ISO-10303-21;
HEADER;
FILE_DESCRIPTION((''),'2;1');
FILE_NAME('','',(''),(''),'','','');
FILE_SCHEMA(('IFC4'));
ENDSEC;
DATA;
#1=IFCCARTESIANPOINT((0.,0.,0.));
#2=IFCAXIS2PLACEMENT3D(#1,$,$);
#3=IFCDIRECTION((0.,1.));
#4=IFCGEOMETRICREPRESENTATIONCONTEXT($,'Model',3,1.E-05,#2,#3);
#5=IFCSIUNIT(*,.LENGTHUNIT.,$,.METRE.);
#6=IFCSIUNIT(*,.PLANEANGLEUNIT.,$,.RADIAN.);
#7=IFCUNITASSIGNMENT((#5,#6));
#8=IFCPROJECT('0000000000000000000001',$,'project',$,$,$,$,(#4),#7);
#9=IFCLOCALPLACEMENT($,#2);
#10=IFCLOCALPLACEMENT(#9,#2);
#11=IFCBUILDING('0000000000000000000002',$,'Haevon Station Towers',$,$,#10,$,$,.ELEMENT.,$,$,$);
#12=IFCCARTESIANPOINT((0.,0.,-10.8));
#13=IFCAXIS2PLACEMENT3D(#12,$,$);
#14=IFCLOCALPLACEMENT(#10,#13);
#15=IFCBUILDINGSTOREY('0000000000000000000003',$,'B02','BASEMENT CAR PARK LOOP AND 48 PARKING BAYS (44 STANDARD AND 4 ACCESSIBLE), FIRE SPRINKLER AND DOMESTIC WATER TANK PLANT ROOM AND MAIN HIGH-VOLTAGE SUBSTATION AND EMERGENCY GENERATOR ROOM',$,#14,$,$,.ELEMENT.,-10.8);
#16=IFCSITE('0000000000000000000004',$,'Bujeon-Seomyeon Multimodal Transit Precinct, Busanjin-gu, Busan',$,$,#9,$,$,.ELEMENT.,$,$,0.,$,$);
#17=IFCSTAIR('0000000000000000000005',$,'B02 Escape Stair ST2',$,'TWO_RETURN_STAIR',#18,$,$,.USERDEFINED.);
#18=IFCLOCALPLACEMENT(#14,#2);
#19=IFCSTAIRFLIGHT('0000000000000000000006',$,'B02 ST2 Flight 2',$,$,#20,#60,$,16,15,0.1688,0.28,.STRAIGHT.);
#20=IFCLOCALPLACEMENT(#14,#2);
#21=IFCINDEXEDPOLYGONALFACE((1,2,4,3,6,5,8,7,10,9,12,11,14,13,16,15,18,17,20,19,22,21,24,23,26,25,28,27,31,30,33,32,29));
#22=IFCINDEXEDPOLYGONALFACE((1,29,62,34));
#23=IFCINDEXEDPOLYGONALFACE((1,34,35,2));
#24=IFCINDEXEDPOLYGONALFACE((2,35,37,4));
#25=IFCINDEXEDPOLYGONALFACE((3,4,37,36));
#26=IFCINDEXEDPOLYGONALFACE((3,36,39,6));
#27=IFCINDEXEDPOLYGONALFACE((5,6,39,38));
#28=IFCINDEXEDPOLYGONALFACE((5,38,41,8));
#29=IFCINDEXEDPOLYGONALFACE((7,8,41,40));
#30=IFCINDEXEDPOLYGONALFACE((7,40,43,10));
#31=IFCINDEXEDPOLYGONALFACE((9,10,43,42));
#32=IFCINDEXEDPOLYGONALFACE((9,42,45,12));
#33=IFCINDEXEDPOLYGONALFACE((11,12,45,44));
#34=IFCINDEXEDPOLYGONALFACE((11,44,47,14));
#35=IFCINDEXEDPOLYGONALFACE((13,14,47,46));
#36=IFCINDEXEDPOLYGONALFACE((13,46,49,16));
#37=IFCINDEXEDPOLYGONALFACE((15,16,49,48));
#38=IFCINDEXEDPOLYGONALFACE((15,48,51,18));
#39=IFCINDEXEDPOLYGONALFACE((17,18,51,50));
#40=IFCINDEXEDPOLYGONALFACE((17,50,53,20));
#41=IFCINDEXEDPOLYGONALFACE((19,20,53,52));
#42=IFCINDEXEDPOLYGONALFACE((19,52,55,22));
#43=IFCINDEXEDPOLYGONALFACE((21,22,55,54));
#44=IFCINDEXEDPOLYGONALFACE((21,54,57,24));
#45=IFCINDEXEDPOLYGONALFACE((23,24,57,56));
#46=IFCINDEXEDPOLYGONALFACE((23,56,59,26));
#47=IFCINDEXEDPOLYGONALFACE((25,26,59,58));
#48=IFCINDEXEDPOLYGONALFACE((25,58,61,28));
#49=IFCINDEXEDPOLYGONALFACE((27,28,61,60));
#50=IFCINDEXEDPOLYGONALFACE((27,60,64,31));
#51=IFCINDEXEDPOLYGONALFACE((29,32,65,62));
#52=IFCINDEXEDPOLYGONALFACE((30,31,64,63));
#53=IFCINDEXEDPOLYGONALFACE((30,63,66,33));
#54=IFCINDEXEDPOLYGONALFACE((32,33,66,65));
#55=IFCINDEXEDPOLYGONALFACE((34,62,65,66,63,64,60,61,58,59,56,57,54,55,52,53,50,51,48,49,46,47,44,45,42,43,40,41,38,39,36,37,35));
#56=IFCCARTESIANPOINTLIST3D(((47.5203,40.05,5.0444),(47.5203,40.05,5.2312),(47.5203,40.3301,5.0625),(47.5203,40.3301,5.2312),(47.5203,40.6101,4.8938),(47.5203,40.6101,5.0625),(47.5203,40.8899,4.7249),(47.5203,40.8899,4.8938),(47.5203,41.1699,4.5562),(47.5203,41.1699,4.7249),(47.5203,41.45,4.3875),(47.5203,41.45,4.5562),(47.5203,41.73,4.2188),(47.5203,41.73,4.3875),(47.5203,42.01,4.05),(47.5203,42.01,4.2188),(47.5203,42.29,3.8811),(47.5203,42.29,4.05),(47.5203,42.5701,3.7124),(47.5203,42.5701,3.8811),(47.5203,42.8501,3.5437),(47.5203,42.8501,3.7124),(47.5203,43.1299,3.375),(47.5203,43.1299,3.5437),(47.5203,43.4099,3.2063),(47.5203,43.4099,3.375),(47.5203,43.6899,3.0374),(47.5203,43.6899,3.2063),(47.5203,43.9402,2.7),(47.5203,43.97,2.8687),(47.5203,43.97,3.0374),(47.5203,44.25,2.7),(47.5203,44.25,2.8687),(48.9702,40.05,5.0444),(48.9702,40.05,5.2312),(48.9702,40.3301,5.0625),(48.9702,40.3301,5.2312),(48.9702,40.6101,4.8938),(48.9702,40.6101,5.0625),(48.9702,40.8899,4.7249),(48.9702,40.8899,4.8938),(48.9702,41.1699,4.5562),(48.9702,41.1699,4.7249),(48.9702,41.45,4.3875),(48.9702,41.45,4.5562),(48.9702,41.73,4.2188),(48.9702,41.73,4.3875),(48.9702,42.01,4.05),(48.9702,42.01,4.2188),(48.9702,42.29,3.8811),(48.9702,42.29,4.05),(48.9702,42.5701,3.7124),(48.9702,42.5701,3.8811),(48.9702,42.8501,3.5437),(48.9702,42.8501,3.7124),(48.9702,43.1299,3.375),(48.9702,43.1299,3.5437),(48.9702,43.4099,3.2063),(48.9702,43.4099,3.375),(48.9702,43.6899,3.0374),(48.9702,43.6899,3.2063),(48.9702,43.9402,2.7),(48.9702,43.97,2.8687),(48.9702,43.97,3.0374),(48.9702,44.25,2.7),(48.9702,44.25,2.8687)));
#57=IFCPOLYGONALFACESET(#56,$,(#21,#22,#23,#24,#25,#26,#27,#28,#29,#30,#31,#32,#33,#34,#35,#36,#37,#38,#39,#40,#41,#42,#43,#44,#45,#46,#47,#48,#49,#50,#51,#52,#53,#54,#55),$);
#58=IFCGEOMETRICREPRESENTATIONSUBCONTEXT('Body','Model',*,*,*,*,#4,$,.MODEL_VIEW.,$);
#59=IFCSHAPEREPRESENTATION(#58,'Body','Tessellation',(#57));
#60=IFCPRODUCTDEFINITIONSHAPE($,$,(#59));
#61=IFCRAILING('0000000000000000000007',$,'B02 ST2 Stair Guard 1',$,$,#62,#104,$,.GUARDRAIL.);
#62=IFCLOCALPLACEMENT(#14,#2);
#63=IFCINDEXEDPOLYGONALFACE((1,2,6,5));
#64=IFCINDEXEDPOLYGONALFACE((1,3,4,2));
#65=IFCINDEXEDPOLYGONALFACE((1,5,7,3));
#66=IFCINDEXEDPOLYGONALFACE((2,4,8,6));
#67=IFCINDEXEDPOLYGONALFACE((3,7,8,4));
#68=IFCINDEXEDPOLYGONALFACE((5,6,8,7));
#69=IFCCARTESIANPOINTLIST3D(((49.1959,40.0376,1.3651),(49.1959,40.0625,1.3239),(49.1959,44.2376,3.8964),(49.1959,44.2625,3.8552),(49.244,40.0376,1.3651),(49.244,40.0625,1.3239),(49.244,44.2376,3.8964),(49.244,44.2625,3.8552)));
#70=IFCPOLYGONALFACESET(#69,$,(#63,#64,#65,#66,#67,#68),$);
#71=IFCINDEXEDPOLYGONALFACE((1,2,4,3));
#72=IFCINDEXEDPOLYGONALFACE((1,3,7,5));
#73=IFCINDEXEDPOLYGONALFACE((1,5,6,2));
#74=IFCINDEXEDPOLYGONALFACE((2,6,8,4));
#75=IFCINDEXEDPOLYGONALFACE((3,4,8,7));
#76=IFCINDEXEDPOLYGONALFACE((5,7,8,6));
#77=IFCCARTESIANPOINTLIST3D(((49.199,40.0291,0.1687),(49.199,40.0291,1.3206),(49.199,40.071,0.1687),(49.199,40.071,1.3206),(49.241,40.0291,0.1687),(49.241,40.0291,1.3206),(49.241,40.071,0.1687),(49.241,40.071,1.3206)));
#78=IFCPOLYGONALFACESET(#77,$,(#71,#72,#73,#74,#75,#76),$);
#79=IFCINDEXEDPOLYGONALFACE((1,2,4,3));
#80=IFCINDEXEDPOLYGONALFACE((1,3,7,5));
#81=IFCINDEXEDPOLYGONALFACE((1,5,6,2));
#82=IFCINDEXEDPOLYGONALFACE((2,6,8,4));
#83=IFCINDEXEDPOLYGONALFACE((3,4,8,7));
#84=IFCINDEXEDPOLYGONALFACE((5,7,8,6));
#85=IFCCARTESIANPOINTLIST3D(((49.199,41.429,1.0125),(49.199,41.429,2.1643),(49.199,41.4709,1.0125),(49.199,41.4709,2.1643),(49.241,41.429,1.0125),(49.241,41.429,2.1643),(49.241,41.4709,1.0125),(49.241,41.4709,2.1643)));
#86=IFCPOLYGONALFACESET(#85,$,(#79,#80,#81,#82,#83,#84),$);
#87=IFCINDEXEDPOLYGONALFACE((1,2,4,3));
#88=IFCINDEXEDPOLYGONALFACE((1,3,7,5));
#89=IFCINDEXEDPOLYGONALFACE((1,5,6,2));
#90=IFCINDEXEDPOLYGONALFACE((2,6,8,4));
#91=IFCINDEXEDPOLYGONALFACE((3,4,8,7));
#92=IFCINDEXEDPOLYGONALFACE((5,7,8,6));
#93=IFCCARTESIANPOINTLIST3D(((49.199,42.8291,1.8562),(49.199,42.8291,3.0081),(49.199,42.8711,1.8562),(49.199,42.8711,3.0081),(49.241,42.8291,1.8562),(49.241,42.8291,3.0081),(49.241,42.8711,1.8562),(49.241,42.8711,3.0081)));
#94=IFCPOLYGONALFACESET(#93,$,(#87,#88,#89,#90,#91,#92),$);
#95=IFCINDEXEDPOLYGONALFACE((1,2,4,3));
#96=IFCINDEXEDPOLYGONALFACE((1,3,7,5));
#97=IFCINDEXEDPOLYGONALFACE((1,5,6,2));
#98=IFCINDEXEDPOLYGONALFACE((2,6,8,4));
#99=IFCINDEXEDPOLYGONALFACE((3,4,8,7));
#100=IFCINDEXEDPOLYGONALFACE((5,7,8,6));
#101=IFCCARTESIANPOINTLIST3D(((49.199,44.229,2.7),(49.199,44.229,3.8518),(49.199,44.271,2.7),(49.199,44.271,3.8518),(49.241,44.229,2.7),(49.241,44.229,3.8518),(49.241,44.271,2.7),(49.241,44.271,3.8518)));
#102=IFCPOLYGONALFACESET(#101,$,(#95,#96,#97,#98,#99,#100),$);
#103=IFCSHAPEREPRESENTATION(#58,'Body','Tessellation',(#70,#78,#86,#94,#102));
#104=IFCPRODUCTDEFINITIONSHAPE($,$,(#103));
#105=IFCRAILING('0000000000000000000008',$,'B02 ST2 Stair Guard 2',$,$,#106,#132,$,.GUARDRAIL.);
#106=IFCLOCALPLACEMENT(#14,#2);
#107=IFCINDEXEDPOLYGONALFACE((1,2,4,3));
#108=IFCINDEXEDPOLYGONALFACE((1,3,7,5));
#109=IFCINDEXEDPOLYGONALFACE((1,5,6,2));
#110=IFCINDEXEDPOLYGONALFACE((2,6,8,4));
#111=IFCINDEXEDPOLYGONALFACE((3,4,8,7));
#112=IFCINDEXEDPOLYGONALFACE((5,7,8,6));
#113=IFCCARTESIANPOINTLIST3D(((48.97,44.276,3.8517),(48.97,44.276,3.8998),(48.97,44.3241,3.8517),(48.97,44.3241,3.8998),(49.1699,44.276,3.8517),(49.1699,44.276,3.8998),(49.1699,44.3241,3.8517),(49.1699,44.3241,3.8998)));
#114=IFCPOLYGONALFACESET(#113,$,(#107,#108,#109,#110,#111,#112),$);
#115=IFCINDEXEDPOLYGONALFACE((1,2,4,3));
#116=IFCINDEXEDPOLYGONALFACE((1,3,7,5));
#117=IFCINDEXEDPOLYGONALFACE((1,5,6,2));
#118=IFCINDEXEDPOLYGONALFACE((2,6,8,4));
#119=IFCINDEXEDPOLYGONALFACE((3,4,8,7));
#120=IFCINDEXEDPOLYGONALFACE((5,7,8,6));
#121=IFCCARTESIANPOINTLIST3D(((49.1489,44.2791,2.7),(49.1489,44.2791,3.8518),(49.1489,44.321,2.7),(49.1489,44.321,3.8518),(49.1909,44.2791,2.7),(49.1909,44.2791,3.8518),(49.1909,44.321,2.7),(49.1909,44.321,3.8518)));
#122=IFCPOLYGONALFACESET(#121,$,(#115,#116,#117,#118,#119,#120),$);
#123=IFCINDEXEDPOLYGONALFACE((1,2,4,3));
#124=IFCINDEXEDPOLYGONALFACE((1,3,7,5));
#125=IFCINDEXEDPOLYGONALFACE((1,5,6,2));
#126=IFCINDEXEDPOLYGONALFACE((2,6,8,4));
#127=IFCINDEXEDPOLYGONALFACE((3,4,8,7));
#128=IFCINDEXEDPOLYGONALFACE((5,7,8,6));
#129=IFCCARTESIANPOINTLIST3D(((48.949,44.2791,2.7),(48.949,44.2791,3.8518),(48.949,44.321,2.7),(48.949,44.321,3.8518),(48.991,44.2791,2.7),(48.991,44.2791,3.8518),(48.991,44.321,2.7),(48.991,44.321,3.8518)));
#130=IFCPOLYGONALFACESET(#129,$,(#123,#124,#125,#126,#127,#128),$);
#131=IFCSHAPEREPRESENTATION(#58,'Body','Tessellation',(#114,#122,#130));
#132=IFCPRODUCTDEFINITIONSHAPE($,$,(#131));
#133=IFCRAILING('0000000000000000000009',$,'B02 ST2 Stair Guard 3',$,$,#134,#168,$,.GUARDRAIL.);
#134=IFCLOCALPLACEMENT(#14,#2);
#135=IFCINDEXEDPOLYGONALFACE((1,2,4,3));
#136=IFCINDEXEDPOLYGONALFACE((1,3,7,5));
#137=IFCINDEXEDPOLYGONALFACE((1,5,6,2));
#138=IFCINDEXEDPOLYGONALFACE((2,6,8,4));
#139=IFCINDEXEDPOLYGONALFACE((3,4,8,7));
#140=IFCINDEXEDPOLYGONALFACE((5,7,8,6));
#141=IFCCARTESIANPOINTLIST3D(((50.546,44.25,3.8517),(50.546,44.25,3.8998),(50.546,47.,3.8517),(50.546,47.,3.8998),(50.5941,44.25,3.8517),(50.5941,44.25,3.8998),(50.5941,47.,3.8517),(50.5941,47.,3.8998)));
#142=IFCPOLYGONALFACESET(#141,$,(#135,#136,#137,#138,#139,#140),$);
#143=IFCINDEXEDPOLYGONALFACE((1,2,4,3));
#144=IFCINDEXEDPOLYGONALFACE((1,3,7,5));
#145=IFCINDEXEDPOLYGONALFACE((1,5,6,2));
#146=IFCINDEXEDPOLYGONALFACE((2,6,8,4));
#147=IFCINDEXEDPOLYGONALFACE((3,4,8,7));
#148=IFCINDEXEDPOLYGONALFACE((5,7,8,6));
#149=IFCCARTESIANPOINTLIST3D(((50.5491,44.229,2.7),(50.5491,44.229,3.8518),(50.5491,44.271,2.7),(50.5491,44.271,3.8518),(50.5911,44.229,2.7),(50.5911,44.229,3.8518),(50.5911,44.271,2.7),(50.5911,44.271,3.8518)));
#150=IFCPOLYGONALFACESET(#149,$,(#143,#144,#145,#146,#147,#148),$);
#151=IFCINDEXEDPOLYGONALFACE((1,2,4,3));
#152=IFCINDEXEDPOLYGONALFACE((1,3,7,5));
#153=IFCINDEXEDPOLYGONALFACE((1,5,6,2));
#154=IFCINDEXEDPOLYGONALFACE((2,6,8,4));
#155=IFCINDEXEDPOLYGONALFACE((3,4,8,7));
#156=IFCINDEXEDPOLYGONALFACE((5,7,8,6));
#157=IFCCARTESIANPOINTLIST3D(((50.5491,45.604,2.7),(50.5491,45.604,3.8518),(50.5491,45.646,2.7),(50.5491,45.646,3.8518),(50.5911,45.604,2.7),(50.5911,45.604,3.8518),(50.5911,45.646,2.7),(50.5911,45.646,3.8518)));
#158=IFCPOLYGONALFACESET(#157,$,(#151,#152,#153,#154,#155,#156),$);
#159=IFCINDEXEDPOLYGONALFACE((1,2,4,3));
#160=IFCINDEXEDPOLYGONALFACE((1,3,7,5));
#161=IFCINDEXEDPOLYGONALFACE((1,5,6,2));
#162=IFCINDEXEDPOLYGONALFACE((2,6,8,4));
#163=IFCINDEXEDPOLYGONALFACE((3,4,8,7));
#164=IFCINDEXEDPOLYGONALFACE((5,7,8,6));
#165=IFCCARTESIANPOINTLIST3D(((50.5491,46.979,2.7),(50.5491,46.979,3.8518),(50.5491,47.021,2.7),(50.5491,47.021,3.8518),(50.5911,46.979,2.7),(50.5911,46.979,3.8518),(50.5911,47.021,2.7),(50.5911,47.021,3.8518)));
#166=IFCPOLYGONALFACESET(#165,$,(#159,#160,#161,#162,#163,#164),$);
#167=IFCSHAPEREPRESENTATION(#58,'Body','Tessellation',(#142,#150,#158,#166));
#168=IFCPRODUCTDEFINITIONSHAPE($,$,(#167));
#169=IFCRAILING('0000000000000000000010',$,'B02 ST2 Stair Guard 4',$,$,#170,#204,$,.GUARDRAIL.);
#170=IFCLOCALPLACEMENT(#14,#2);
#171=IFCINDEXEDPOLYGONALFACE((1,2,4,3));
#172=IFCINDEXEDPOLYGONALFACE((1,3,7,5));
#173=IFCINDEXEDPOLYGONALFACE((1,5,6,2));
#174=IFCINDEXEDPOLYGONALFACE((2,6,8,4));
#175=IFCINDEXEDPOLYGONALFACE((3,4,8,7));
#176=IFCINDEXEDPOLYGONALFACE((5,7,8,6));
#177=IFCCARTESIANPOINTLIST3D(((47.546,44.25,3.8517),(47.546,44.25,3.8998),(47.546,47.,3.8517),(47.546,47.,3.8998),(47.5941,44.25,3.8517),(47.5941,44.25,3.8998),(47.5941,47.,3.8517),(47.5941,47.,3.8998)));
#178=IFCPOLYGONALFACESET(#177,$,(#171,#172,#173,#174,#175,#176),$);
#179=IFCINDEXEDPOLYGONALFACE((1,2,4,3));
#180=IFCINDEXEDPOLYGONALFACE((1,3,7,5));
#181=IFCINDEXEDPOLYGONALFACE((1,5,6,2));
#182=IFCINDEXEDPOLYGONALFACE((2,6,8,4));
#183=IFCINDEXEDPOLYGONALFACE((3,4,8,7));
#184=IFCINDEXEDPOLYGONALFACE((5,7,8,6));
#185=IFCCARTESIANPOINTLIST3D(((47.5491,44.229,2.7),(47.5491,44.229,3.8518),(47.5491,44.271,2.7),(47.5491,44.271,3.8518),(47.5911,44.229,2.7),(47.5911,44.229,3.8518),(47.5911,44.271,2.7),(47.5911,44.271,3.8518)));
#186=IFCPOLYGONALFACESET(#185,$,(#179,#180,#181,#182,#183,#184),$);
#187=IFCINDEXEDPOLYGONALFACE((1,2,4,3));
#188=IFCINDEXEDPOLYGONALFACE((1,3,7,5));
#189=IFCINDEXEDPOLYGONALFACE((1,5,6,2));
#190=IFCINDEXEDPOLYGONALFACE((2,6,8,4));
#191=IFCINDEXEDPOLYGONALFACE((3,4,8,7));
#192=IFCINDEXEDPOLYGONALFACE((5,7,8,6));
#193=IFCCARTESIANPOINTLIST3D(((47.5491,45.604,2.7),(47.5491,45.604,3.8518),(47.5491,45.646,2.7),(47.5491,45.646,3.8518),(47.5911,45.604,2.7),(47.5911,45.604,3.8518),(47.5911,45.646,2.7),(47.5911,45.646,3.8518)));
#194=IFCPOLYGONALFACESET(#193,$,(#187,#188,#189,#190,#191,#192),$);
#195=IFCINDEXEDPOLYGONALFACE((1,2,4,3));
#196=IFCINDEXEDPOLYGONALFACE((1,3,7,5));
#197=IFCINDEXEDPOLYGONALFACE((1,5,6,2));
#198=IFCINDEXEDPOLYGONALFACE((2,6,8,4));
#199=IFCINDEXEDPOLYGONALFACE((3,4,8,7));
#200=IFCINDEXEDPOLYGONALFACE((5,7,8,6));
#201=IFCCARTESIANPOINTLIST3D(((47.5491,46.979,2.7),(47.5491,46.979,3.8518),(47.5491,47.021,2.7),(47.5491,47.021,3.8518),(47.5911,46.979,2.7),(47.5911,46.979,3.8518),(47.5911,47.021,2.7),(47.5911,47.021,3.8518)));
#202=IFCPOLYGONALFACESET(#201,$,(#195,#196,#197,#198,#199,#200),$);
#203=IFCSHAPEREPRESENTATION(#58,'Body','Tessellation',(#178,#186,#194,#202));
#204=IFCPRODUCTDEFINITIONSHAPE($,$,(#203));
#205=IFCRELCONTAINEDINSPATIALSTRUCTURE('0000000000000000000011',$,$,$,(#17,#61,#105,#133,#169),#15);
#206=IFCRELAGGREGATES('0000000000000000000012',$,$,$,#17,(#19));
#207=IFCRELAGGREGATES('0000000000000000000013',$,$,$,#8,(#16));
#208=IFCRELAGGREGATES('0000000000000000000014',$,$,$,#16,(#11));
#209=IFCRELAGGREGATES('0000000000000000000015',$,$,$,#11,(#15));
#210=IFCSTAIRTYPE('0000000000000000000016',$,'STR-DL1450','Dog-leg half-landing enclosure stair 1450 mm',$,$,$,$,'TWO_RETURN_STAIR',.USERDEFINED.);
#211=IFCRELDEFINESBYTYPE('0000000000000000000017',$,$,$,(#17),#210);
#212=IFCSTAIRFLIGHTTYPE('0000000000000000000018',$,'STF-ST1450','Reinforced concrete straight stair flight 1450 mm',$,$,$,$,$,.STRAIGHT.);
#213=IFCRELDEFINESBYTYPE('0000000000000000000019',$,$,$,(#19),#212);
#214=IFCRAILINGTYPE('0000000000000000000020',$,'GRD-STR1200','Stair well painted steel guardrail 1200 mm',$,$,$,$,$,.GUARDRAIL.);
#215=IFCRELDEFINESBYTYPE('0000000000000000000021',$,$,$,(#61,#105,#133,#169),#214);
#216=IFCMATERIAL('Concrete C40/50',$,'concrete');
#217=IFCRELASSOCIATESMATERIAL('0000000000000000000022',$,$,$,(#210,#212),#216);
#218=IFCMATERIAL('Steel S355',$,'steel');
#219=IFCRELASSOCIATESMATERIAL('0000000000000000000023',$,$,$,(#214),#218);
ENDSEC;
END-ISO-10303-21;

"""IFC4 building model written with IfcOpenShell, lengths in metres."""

from ifc_helpers import new_model, si_unit, direction, frame, origin, origin_2d, place, context, subcontext, project, spatial, polyline, rectangle, outline, extrude, material, type_object, element, aggregate, save


model = new_model("IFC4")

# Units and contexts
model_context = context("Model", 3, precision=1e-05, world=origin(), true_north=direction((0.0, 1.0)))
body_context = subcontext(model_context, "Body", "Model", "MODEL_VIEW")
ifc_project = project(units=[si_unit("LENGTHUNIT", "METRE"), si_unit("PLANEANGLEUNIT", "RADIAN")], contexts=[model_context])

# Site, building, storey
site_placement = place(None, origin())
site = spatial("IfcSite", under=ifc_project, at=site_placement, Name="Bujeon-Seomyeon Multimodal Transit Precinct, Busanjin-gu, Busan", CompositionType="ELEMENT", RefElevation=0.0)
building_placement = place(site_placement, origin())
building = spatial("IfcBuilding", under=site, at=building_placement, Name="Haevon Station Towers", CompositionType="ELEMENT")
storey_placement = place(building_placement, frame((0.0, 0.0, -10.8)))
storey = spatial("IfcBuildingStorey", under=building, at=storey_placement, Name="B02", Description="BASEMENT CAR PARK LOOP AND 48 PARKING BAYS (44 STANDARD AND 4 ACCESSIBLE), FIRE SPRINKLER AND DOMESTIC WATER TANK PLANT ROOM AND MAIN HIGH-VOLTAGE SUBSTATION AND EMERGENCY GENERATOR ROOM", CompositionType="ELEMENT", Elevation=-10.8)

# Shared definitions
ifc_material_1 = material(Name="Steel S355", Category="steel")

# Stair, stair flight
ifc_material_2 = material(Name="Concrete C40/50", Category="concrete")
stair_type = type_object("IfcStairType", Name="STR-DL1450", Description="Dog-leg half-landing enclosure stair 1450 mm", ElementType="TWO_RETURN_STAIR", PredefinedType="USERDEFINED", material=ifc_material_2)
stair_placement = place(storey_placement, origin())
stair = element("IfcStair", 1, at=stair_placement, inside=storey, type_object=stair_type, Name="B02 Escape Stair ST2", ObjectType="TWO_RETURN_STAIR", PredefinedType="USERDEFINED")
stair_flight_type = type_object("IfcStairFlightType", Name="STF-ST1450", Description="Reinforced concrete straight stair flight 1450 mm", PredefinedType="STRAIGHT", material=ifc_material_2)
stair_flight_1_placement = place(storey_placement, frame((48.2451, 44.25, 2.7), z_axis=(0.0, 0.0, 1.0), x_axis=(0.0, -1.0, 0.0)))
stair_flight_1 = element("IfcStairFlight", 2, at=stair_flight_1_placement, type_object=stair_flight_type, Name="B02 ST2 Flight 2", NumberOfRisers=16, NumberOfTreads=15, PredefinedType="STRAIGHT", RiserHeight=0.1688, TreadLength=0.28, context=body_context, shape_type="SweptSolid", body=[
    extrude(outline(polyline([(0.0, 0.0), (0.0, 0.1687), (0.28, 0.1687), (0.28, 0.3374), (0.5601, 0.3374), (0.5601, 0.5063), (0.8401, 0.5063), (0.8401, 0.675), (1.1201, 0.675), (1.1201, 0.8438), (1.3999, 0.8438), (1.3999, 1.0125), (1.6799, 1.0125), (1.6799, 1.1812), (1.96, 1.1812), (1.96, 1.3501), (2.24, 1.3501), (2.24, 1.5188), (2.52, 1.5188), (2.52, 1.6875), (2.8, 1.6875), (2.8, 1.8562), (3.0801, 1.8562), (3.0801, 2.0249), (3.3601, 2.0249), (3.3601, 2.1938), (3.6399, 2.1938), (3.6399, 2.3625), (3.9199, 2.3625), (3.9199, 2.5312), (4.2, 2.5312), (4.2, 2.7), (4.2, 2.3445), (0.3098, 0.0), (0.0, 0.0)])), frame((0.0, 0.7251, 0.0), z_axis=(0.0, -1.0, 0.0), x_axis=(1.0, 0.0, 0.0)), (0.0, 0.0, 1.0), 1.45),
])
aggregate(stair, [stair_flight_1])

# Railings
railing_type_1 = type_object("IfcRailingType", Name="GRD-STR1200", Description="Stair well painted steel guardrail 1200 mm", PredefinedType="GUARDRAIL", material=ifc_material_1)
railing_1_placement = place(storey_placement, frame((49.22, 40.05, 0.1687)))
element("IfcRailing", 3, at=railing_1_placement, inside=storey, type_object=railing_type_1, Name="B02 ST2 Stair Guard 1", PredefinedType="GUARDRAIL", context=body_context, shape_type="SweptSolid", body=[
    extrude(rectangle(XDim=0.0481, YDim=0.0481, at=origin_2d()), frame((0.0, 0.0, 1.1758), z_axis=(0.0, 0.856476, 0.516186), x_axis=(-1.0, 0.0, 0.0)), (0.0, 0.0, 1.0), 4.9038),
    extrude(rectangle(XDim=0.042, YDim=0.042, at=origin_2d()), origin(), (0.0, 0.0, 1.0), 1.1519),
    extrude(rectangle(XDim=0.042, YDim=0.042, at=origin_2d()), frame((0.0, 1.3999, 0.8438)), (0.0, 0.0, 1.0), 1.1519),
    extrude(rectangle(XDim=0.042, YDim=0.042, at=origin_2d()), frame((0.0, 2.8, 1.6875)), (0.0, 0.0, 1.0), 1.1519),
    extrude(rectangle(XDim=0.042, YDim=0.042, at=origin_2d()), frame((0.0, 4.2, 2.5312)), (0.0, 0.0, 1.0), 1.1519),
])
railing_2_placement = place(storey_placement, frame((49.1699, 44.3, 2.7)))
element("IfcRailing", 4, at=railing_2_placement, inside=storey, type_object=railing_type_1, Name="B02 ST2 Stair Guard 2", PredefinedType="GUARDRAIL", context=body_context, shape_type="SweptSolid", body=[
    extrude(rectangle(XDim=0.0481, YDim=0.0481, at=origin_2d()), frame((0.0, 0.0, 1.1758), z_axis=(-1.0, 0.0, 0.0), x_axis=(0.0, -1.0, 0.0)), (0.0, 0.0, 1.0), 0.2),
    extrude(rectangle(XDim=0.042, YDim=0.042, at=origin_2d()), origin(), (0.0, 0.0, 1.0), 1.1519),
    extrude(rectangle(XDim=0.042, YDim=0.042, at=origin_2d()), frame((-0.2, 0.0, 0.0)), (0.0, 0.0, 1.0), 1.1519),
])
for number, where, name in (
    (5, (50.5701, 44.25, 2.7), "B02 ST2 Stair Guard 3"),
    (6, (47.5701, 44.25, 2.7), "B02 ST2 Stair Guard 4"),
):
    element("IfcRailing", number, at=place(storey_placement, frame(where)), inside=storey, type_object=railing_type_1, Name=name, PredefinedType="GUARDRAIL", context=body_context, shape_type="SweptSolid", body=[
        extrude(rectangle(XDim=0.0481, YDim=0.0481, at=origin_2d()), frame((0.0, 0.0, 1.1758), z_axis=(0.0, 1.0, 0.0), x_axis=(-1.0, 0.0, 0.0)), (0.0, 0.0, 1.0), 2.75),
        extrude(rectangle(XDim=0.042, YDim=0.042, at=origin_2d()), origin(), (0.0, 0.0, 1.0), 1.1519),
        extrude(rectangle(XDim=0.042, YDim=0.042, at=origin_2d()), frame((0.0, 1.375, 0.0)), (0.0, 0.0, 1.0), 1.1519),
        extrude(rectangle(XDim=0.042, YDim=0.042, at=origin_2d()), frame((0.0, 2.75, 0.0)), (0.0, 0.0, 1.0), 1.1519),
    ])

save(model, "model.ifc")
